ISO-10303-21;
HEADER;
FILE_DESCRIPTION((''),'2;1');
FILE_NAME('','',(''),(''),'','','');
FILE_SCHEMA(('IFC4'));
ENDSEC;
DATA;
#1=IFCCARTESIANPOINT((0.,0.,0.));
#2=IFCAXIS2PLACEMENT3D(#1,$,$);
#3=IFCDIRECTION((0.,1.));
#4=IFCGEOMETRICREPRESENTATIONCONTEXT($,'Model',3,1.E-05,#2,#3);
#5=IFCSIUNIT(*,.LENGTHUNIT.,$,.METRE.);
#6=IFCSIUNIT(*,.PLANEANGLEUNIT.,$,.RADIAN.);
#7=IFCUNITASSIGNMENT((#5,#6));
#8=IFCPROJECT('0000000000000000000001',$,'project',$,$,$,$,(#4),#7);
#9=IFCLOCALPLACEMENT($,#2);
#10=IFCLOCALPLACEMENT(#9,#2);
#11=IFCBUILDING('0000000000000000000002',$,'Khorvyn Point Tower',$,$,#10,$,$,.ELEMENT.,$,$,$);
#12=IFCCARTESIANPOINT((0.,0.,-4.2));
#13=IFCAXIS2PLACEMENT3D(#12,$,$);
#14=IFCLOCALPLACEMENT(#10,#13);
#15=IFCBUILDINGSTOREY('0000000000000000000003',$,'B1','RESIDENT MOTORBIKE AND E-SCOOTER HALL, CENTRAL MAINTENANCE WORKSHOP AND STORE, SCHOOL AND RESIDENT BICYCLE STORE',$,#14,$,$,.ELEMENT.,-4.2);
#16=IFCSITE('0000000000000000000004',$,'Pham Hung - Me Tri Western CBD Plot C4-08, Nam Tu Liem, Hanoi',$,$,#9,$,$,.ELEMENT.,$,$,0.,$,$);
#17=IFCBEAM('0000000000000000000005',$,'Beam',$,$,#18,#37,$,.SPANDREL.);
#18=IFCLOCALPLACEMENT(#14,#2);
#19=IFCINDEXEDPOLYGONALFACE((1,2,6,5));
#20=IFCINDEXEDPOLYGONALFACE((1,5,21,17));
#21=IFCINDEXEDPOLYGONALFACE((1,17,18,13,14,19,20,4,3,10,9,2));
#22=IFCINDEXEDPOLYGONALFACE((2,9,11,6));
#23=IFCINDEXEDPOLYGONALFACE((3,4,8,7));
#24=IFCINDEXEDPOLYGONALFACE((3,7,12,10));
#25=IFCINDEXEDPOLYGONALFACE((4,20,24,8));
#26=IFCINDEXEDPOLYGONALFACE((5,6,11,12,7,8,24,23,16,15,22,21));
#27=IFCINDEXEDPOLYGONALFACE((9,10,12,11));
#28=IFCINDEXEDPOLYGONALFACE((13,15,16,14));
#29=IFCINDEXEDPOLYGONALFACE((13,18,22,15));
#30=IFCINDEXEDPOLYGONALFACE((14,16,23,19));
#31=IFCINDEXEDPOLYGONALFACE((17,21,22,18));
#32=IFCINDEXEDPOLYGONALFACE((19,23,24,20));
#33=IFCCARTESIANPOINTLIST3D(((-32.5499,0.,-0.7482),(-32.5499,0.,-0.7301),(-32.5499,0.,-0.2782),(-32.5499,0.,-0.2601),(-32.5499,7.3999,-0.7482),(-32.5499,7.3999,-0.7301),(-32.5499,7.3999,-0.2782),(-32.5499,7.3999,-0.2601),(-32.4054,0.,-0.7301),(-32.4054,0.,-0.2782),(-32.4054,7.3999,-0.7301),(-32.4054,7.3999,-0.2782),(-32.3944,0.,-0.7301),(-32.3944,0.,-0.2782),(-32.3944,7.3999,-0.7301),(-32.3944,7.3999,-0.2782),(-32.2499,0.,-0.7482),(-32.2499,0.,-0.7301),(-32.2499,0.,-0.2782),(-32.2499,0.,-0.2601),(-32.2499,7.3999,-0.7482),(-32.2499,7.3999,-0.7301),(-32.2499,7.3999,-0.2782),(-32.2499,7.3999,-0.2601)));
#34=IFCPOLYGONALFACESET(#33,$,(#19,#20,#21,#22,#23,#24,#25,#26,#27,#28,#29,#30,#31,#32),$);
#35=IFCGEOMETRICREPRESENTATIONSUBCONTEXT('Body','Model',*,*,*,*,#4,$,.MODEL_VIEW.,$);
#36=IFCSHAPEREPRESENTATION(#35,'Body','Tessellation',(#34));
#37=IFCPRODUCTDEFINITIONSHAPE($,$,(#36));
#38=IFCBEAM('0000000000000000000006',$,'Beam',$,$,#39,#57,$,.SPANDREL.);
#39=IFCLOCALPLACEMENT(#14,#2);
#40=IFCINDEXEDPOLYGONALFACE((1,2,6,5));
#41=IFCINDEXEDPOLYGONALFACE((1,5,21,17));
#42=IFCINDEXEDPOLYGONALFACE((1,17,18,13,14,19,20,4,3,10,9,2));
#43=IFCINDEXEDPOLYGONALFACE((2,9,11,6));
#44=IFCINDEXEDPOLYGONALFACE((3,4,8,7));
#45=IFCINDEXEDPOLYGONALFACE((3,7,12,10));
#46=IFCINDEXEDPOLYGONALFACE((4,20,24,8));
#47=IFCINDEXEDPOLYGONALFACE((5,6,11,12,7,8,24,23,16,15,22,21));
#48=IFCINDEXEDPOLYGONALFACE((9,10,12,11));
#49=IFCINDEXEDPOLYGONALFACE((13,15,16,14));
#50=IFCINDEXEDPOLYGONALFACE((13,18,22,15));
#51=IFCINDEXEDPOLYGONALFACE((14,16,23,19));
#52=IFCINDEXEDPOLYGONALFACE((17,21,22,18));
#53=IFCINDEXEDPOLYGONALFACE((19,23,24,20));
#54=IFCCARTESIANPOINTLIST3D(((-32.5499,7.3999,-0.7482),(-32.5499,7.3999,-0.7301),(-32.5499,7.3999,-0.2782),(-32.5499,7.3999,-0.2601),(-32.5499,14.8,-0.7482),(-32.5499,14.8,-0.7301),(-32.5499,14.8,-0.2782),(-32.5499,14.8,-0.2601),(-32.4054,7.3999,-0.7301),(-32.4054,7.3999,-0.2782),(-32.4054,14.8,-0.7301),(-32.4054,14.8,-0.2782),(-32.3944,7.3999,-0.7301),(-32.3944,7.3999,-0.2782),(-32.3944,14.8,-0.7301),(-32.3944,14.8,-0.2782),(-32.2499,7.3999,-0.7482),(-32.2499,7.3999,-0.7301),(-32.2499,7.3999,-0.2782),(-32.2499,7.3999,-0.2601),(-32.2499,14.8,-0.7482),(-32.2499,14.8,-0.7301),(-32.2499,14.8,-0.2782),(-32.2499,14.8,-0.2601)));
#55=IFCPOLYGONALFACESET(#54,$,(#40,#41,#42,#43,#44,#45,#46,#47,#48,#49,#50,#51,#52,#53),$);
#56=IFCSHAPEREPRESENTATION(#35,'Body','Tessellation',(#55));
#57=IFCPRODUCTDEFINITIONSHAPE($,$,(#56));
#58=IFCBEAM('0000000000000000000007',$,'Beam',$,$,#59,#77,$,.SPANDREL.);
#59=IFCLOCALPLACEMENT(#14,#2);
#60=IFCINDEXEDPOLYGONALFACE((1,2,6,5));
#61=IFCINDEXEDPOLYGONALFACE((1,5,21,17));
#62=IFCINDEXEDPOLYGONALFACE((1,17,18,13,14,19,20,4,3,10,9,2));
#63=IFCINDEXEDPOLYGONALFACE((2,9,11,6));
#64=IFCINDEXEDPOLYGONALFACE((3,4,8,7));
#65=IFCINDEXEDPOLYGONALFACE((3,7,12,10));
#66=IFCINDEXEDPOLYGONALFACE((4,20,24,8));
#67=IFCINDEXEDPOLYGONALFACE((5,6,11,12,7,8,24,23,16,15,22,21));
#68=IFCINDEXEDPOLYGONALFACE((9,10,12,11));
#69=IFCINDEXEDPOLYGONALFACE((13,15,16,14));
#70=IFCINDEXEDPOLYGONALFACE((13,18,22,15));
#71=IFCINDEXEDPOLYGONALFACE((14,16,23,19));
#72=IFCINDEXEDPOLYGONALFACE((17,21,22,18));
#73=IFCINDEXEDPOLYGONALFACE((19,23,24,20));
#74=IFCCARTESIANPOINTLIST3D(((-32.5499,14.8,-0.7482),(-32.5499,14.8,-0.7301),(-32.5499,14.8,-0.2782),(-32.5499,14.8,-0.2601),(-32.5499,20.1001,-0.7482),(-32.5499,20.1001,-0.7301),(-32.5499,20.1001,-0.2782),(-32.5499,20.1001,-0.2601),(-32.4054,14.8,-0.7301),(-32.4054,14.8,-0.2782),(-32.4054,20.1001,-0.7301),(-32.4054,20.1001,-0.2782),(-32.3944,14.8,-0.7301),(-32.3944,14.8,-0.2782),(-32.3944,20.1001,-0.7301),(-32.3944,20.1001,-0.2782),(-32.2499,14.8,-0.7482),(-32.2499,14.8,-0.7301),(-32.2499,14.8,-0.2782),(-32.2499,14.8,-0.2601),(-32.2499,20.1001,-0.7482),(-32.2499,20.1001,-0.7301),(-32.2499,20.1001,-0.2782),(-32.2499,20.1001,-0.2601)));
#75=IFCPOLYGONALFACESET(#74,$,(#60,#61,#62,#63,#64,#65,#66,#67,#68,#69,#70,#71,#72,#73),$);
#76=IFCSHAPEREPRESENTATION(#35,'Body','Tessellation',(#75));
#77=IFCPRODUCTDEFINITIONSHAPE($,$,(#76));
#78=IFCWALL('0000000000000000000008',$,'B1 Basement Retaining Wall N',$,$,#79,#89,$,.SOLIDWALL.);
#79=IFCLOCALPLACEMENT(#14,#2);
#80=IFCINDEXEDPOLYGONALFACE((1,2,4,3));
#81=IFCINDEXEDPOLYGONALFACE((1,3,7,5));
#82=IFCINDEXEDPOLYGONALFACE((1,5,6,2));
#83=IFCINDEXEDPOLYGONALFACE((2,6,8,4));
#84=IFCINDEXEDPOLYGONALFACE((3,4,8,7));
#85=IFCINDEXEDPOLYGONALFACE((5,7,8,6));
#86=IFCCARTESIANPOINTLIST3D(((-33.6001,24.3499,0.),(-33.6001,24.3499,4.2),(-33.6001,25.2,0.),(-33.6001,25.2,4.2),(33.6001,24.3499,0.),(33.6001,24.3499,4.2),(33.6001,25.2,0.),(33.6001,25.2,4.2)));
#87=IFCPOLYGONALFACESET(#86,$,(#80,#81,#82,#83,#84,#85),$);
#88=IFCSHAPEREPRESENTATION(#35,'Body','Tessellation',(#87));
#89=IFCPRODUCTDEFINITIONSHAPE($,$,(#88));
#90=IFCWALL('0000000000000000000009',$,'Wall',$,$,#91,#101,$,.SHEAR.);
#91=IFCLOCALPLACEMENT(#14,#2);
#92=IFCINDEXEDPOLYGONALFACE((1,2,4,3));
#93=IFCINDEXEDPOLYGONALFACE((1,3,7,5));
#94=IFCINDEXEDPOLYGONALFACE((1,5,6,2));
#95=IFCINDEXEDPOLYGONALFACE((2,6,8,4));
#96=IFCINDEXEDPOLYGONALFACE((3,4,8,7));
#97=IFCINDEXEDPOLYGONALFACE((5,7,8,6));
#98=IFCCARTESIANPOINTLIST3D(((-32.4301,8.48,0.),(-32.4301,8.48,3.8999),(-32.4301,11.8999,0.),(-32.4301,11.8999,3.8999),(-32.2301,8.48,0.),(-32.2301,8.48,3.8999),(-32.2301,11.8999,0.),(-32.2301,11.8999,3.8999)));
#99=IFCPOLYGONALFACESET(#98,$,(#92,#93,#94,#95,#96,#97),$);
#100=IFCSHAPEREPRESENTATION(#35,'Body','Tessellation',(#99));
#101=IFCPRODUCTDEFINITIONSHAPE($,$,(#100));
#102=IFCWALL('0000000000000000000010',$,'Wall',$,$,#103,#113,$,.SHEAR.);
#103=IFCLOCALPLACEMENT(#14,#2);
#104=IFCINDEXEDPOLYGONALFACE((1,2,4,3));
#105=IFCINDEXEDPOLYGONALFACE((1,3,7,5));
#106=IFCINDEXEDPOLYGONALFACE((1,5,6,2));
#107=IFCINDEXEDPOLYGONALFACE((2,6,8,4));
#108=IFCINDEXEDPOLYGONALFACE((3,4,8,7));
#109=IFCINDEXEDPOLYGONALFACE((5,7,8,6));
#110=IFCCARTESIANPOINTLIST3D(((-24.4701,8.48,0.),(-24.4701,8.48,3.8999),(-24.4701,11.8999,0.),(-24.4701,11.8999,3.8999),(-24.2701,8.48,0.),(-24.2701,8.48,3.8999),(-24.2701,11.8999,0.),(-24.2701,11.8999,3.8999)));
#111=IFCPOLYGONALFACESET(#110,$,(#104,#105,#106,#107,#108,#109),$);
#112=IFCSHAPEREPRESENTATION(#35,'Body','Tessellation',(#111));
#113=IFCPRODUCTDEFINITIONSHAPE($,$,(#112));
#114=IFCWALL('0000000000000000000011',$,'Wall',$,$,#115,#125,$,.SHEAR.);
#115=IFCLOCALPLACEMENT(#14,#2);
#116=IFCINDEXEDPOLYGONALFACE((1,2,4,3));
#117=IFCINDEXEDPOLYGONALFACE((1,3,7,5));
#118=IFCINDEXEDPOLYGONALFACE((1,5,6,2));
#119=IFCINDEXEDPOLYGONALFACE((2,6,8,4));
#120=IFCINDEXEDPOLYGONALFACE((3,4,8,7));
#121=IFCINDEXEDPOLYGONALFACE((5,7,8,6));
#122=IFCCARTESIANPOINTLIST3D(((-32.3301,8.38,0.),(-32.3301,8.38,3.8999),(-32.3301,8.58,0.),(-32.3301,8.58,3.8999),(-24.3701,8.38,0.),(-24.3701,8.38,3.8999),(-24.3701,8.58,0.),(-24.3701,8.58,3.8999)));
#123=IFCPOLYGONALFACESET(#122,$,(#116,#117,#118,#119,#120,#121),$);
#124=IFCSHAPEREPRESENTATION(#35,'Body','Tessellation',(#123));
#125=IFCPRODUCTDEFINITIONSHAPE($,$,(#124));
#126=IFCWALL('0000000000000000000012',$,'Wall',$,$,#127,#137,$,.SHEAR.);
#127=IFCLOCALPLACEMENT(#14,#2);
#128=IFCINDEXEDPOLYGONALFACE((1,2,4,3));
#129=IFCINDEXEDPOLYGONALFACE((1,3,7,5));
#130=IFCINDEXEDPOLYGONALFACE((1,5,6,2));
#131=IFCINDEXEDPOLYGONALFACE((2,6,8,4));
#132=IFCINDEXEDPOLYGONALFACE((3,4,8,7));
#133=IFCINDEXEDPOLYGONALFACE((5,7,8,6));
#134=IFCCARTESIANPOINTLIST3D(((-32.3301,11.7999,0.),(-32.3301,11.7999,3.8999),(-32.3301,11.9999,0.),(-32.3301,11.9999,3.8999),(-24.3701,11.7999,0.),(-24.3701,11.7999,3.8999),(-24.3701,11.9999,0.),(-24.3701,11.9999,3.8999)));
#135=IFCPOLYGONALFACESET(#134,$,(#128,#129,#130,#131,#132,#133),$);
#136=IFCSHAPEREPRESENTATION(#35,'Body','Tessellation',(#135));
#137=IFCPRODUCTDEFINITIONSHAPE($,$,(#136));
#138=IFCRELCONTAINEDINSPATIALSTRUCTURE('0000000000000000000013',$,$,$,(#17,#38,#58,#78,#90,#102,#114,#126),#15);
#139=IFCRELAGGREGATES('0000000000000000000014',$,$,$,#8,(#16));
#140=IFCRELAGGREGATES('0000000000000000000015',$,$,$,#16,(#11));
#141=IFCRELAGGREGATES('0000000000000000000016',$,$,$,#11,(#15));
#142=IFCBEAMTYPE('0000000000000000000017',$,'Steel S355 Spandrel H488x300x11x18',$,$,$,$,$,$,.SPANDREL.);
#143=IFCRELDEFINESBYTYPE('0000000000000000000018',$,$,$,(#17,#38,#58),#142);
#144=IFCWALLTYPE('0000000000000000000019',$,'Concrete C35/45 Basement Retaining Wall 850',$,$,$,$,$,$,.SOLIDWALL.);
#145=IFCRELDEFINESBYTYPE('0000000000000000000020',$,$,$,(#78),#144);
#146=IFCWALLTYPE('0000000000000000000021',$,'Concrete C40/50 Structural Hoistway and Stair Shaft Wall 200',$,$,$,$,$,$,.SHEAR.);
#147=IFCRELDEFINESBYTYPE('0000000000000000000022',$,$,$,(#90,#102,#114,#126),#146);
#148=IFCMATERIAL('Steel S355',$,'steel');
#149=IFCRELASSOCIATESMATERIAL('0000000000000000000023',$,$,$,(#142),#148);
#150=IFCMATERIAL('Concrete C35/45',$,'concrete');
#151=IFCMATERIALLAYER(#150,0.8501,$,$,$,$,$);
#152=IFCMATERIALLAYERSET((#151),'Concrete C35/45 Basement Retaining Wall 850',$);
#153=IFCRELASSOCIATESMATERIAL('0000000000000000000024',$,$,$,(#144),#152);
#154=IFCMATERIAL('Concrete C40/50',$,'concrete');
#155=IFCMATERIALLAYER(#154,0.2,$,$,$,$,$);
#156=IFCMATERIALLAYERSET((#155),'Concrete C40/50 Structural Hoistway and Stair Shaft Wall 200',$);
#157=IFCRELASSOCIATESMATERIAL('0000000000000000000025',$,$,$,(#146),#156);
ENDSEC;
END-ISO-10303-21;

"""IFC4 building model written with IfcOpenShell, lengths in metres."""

from ifc_helpers import new_model, si_unit, direction, frame, frame_2d, origin, origin_2d, place, context, subcontext, project, spatial, rectangle, i_section, extrude, material, layer, layer_set, material_profile, profile_set, type_object, element, save


model = new_model("IFC4")

# Units and contexts
model_context = context("Model", 3, precision=1e-05, world=origin(), true_north=direction((0.0, 1.0)))
body_context = subcontext(model_context, "Body", "Model", "MODEL_VIEW")
ifc_project = project(units=[si_unit("LENGTHUNIT", "METRE"), si_unit("PLANEANGLEUNIT", "RADIAN")], contexts=[model_context])

# Site, building, storey
site_placement = place(None, origin())
site = spatial("IfcSite", under=ifc_project, at=site_placement, Name="Pham Hung - Me Tri Western CBD Plot C4-08, Nam Tu Liem, Hanoi", CompositionType="ELEMENT", RefElevation=0.0)
building_placement = place(site_placement, origin())
building = spatial("IfcBuilding", under=site, at=building_placement, Name="Khorvyn Point Tower", CompositionType="ELEMENT")
storey_placement = place(building_placement, frame((0.0, 0.0, -4.2)))
storey = spatial("IfcBuildingStorey", under=building, at=storey_placement, Name="B1", Description="RESIDENT MOTORBIKE AND E-SCOOTER HALL, CENTRAL MAINTENANCE WORKSHOP AND STORE, SCHOOL AND RESIDENT BICYCLE STORE", CompositionType="ELEMENT", Elevation=-4.2)

# Shared definitions
ifc_material_1 = material(Name="Concrete C40/50", Category="concrete")

# Beams
ifc_material_2 = material(Name="Steel S355", Category="steel")
ifc_material_profile_1 = material_profile(ifc_material_2, i_section(OverallWidth=0.3, OverallDepth=0.488, WebThickness=0.011, FlangeThickness=0.0181, at=origin_2d()))
ifc_profile_set_1 = profile_set([ifc_material_profile_1], Name="Steel S355 H488x300x11x18")
beam_type_1 = type_object("IfcBeamType", Name="Steel S355 Spandrel H488x300x11x18", PredefinedType="SPANDREL", material=ifc_profile_set_1)
beam_1_placement = place(storey_placement, frame((-32.3999, 0.0, -0.5042), z_axis=(0.0, 1.0, 0.0), x_axis=(-1.0, 0.0, 0.0)))
element("IfcBeam", 1, at=beam_1_placement, inside=storey, type_object=beam_type_1, Name="Beam", PredefinedType="SPANDREL", context=body_context, shape_type="SweptSolid", body=[
    extrude(i_section(OverallWidth=0.3, OverallDepth=0.488, WebThickness=0.011, FlangeThickness=0.0181, at=origin_2d()), origin(), (0.0, 0.0, 1.0), 7.3999),
])
beam_2_placement = place(storey_placement, frame((-32.3999, 7.3999, -0.5042), z_axis=(0.0, 1.0, 0.0), x_axis=(-1.0, 0.0, 0.0)))
element("IfcBeam", 2, at=beam_2_placement, inside=storey, type_object=beam_type_1, Name="Beam", PredefinedType="SPANDREL", context=body_context, shape_type="SweptSolid", body=[
    extrude(i_section(OverallWidth=0.3, OverallDepth=0.488, WebThickness=0.011, FlangeThickness=0.0181, at=origin_2d()), origin(), (0.0, 0.0, 1.0), 7.4001),
])
beam_3_placement = place(storey_placement, frame((-32.3999, 14.8, -0.5042), z_axis=(0.0, 1.0, 0.0), x_axis=(-1.0, 0.0, 0.0)))
element("IfcBeam", 3, at=beam_3_placement, inside=storey, type_object=beam_type_1, Name="Beam", PredefinedType="SPANDREL", context=body_context, shape_type="SweptSolid", body=[
    extrude(i_section(OverallWidth=0.3, OverallDepth=0.488, WebThickness=0.011, FlangeThickness=0.0181, at=origin_2d()), origin(), (0.0, 0.0, 1.0), 5.3),
])

# Walls
ifc_material_3 = material(Name="Concrete C35/45", Category="concrete")
ifc_layer_1 = layer(ifc_material_3, 0.8501)
ifc_layer_set_1 = layer_set([ifc_layer_1], Name="Concrete C35/45 Basement Retaining Wall 850")
wall_type_1 = type_object("IfcWallType", Name="Concrete C35/45 Basement Retaining Wall 850", PredefinedType="SOLIDWALL", material=ifc_layer_set_1)
wall_placement = place(storey_placement, frame((-33.6001, 24.7749, 0.0), z_axis=(0.0, 0.0, 1.0), x_axis=(1.0, 0.0, 0.0)))
element("IfcWall", 4, at=wall_placement, inside=storey, type_object=wall_type_1, Name="B1 Basement Retaining Wall N", PredefinedType="SOLIDWALL", context=body_context, shape_type="SweptSolid", body=[
    extrude(rectangle(XDim=67.2002, YDim=0.8501, at=frame_2d((33.6001, 0.0))), origin(), (0.0, 0.0, 1.0), 4.2),
])
ifc_layer_2 = layer(ifc_material_1, 0.2)
ifc_layer_set_2 = layer_set([ifc_layer_2], Name="Concrete C40/50 Structural Hoistway and Stair Shaft Wall 200")
wall_type_2 = type_object("IfcWallType", Name="Concrete C40/50 Structural Hoistway and Stair Shaft Wall 200", PredefinedType="SHEAR", material=ifc_layer_set_2)
for number, where, z_axis, x_axis, name in (
    (5, (-32.3301, 8.48, 0.0), (0.0, 0.0, 1.0), (0.0, 1.0, 0.0), "Wall"),
    (6, (-24.3701, 11.8999, 0.0), (0.0, 0.0, 1.0), (0.0, -1.0, 0.0), "Wall"),
):
    element("IfcWall", number, at=place(storey_placement, frame(where, z_axis=z_axis, x_axis=x_axis)), inside=storey, type_object=wall_type_2, Name=name, PredefinedType="SHEAR", context=body_context, shape_type="SweptSolid", body=[
        extrude(rectangle(XDim=3.4199, YDim=0.2, at=frame_2d((1.71, 0.0))), origin(), (0.0, 0.0, 1.0), 3.8999),
    ])
for number, where, z_axis, x_axis, name in (
    (7, (-24.3701, 8.48, 0.0), (0.0, 0.0, 1.0), (-1.0, 0.0, 0.0), "Wall"),
    (8, (-32.3301, 11.8999, 0.0), (0.0, 0.0, 1.0), (1.0, 0.0, 0.0), "Wall"),
):
    element("IfcWall", number, at=place(storey_placement, frame(where, z_axis=z_axis, x_axis=x_axis)), inside=storey, type_object=wall_type_2, Name=name, PredefinedType="SHEAR", context=body_context, shape_type="SweptSolid", body=[
        extrude(rectangle(XDim=7.96, YDim=0.2, at=frame_2d((3.98, 0.0))), origin(), (0.0, 0.0, 1.0), 3.8999),
    ])

save(model, "model.ifc")
